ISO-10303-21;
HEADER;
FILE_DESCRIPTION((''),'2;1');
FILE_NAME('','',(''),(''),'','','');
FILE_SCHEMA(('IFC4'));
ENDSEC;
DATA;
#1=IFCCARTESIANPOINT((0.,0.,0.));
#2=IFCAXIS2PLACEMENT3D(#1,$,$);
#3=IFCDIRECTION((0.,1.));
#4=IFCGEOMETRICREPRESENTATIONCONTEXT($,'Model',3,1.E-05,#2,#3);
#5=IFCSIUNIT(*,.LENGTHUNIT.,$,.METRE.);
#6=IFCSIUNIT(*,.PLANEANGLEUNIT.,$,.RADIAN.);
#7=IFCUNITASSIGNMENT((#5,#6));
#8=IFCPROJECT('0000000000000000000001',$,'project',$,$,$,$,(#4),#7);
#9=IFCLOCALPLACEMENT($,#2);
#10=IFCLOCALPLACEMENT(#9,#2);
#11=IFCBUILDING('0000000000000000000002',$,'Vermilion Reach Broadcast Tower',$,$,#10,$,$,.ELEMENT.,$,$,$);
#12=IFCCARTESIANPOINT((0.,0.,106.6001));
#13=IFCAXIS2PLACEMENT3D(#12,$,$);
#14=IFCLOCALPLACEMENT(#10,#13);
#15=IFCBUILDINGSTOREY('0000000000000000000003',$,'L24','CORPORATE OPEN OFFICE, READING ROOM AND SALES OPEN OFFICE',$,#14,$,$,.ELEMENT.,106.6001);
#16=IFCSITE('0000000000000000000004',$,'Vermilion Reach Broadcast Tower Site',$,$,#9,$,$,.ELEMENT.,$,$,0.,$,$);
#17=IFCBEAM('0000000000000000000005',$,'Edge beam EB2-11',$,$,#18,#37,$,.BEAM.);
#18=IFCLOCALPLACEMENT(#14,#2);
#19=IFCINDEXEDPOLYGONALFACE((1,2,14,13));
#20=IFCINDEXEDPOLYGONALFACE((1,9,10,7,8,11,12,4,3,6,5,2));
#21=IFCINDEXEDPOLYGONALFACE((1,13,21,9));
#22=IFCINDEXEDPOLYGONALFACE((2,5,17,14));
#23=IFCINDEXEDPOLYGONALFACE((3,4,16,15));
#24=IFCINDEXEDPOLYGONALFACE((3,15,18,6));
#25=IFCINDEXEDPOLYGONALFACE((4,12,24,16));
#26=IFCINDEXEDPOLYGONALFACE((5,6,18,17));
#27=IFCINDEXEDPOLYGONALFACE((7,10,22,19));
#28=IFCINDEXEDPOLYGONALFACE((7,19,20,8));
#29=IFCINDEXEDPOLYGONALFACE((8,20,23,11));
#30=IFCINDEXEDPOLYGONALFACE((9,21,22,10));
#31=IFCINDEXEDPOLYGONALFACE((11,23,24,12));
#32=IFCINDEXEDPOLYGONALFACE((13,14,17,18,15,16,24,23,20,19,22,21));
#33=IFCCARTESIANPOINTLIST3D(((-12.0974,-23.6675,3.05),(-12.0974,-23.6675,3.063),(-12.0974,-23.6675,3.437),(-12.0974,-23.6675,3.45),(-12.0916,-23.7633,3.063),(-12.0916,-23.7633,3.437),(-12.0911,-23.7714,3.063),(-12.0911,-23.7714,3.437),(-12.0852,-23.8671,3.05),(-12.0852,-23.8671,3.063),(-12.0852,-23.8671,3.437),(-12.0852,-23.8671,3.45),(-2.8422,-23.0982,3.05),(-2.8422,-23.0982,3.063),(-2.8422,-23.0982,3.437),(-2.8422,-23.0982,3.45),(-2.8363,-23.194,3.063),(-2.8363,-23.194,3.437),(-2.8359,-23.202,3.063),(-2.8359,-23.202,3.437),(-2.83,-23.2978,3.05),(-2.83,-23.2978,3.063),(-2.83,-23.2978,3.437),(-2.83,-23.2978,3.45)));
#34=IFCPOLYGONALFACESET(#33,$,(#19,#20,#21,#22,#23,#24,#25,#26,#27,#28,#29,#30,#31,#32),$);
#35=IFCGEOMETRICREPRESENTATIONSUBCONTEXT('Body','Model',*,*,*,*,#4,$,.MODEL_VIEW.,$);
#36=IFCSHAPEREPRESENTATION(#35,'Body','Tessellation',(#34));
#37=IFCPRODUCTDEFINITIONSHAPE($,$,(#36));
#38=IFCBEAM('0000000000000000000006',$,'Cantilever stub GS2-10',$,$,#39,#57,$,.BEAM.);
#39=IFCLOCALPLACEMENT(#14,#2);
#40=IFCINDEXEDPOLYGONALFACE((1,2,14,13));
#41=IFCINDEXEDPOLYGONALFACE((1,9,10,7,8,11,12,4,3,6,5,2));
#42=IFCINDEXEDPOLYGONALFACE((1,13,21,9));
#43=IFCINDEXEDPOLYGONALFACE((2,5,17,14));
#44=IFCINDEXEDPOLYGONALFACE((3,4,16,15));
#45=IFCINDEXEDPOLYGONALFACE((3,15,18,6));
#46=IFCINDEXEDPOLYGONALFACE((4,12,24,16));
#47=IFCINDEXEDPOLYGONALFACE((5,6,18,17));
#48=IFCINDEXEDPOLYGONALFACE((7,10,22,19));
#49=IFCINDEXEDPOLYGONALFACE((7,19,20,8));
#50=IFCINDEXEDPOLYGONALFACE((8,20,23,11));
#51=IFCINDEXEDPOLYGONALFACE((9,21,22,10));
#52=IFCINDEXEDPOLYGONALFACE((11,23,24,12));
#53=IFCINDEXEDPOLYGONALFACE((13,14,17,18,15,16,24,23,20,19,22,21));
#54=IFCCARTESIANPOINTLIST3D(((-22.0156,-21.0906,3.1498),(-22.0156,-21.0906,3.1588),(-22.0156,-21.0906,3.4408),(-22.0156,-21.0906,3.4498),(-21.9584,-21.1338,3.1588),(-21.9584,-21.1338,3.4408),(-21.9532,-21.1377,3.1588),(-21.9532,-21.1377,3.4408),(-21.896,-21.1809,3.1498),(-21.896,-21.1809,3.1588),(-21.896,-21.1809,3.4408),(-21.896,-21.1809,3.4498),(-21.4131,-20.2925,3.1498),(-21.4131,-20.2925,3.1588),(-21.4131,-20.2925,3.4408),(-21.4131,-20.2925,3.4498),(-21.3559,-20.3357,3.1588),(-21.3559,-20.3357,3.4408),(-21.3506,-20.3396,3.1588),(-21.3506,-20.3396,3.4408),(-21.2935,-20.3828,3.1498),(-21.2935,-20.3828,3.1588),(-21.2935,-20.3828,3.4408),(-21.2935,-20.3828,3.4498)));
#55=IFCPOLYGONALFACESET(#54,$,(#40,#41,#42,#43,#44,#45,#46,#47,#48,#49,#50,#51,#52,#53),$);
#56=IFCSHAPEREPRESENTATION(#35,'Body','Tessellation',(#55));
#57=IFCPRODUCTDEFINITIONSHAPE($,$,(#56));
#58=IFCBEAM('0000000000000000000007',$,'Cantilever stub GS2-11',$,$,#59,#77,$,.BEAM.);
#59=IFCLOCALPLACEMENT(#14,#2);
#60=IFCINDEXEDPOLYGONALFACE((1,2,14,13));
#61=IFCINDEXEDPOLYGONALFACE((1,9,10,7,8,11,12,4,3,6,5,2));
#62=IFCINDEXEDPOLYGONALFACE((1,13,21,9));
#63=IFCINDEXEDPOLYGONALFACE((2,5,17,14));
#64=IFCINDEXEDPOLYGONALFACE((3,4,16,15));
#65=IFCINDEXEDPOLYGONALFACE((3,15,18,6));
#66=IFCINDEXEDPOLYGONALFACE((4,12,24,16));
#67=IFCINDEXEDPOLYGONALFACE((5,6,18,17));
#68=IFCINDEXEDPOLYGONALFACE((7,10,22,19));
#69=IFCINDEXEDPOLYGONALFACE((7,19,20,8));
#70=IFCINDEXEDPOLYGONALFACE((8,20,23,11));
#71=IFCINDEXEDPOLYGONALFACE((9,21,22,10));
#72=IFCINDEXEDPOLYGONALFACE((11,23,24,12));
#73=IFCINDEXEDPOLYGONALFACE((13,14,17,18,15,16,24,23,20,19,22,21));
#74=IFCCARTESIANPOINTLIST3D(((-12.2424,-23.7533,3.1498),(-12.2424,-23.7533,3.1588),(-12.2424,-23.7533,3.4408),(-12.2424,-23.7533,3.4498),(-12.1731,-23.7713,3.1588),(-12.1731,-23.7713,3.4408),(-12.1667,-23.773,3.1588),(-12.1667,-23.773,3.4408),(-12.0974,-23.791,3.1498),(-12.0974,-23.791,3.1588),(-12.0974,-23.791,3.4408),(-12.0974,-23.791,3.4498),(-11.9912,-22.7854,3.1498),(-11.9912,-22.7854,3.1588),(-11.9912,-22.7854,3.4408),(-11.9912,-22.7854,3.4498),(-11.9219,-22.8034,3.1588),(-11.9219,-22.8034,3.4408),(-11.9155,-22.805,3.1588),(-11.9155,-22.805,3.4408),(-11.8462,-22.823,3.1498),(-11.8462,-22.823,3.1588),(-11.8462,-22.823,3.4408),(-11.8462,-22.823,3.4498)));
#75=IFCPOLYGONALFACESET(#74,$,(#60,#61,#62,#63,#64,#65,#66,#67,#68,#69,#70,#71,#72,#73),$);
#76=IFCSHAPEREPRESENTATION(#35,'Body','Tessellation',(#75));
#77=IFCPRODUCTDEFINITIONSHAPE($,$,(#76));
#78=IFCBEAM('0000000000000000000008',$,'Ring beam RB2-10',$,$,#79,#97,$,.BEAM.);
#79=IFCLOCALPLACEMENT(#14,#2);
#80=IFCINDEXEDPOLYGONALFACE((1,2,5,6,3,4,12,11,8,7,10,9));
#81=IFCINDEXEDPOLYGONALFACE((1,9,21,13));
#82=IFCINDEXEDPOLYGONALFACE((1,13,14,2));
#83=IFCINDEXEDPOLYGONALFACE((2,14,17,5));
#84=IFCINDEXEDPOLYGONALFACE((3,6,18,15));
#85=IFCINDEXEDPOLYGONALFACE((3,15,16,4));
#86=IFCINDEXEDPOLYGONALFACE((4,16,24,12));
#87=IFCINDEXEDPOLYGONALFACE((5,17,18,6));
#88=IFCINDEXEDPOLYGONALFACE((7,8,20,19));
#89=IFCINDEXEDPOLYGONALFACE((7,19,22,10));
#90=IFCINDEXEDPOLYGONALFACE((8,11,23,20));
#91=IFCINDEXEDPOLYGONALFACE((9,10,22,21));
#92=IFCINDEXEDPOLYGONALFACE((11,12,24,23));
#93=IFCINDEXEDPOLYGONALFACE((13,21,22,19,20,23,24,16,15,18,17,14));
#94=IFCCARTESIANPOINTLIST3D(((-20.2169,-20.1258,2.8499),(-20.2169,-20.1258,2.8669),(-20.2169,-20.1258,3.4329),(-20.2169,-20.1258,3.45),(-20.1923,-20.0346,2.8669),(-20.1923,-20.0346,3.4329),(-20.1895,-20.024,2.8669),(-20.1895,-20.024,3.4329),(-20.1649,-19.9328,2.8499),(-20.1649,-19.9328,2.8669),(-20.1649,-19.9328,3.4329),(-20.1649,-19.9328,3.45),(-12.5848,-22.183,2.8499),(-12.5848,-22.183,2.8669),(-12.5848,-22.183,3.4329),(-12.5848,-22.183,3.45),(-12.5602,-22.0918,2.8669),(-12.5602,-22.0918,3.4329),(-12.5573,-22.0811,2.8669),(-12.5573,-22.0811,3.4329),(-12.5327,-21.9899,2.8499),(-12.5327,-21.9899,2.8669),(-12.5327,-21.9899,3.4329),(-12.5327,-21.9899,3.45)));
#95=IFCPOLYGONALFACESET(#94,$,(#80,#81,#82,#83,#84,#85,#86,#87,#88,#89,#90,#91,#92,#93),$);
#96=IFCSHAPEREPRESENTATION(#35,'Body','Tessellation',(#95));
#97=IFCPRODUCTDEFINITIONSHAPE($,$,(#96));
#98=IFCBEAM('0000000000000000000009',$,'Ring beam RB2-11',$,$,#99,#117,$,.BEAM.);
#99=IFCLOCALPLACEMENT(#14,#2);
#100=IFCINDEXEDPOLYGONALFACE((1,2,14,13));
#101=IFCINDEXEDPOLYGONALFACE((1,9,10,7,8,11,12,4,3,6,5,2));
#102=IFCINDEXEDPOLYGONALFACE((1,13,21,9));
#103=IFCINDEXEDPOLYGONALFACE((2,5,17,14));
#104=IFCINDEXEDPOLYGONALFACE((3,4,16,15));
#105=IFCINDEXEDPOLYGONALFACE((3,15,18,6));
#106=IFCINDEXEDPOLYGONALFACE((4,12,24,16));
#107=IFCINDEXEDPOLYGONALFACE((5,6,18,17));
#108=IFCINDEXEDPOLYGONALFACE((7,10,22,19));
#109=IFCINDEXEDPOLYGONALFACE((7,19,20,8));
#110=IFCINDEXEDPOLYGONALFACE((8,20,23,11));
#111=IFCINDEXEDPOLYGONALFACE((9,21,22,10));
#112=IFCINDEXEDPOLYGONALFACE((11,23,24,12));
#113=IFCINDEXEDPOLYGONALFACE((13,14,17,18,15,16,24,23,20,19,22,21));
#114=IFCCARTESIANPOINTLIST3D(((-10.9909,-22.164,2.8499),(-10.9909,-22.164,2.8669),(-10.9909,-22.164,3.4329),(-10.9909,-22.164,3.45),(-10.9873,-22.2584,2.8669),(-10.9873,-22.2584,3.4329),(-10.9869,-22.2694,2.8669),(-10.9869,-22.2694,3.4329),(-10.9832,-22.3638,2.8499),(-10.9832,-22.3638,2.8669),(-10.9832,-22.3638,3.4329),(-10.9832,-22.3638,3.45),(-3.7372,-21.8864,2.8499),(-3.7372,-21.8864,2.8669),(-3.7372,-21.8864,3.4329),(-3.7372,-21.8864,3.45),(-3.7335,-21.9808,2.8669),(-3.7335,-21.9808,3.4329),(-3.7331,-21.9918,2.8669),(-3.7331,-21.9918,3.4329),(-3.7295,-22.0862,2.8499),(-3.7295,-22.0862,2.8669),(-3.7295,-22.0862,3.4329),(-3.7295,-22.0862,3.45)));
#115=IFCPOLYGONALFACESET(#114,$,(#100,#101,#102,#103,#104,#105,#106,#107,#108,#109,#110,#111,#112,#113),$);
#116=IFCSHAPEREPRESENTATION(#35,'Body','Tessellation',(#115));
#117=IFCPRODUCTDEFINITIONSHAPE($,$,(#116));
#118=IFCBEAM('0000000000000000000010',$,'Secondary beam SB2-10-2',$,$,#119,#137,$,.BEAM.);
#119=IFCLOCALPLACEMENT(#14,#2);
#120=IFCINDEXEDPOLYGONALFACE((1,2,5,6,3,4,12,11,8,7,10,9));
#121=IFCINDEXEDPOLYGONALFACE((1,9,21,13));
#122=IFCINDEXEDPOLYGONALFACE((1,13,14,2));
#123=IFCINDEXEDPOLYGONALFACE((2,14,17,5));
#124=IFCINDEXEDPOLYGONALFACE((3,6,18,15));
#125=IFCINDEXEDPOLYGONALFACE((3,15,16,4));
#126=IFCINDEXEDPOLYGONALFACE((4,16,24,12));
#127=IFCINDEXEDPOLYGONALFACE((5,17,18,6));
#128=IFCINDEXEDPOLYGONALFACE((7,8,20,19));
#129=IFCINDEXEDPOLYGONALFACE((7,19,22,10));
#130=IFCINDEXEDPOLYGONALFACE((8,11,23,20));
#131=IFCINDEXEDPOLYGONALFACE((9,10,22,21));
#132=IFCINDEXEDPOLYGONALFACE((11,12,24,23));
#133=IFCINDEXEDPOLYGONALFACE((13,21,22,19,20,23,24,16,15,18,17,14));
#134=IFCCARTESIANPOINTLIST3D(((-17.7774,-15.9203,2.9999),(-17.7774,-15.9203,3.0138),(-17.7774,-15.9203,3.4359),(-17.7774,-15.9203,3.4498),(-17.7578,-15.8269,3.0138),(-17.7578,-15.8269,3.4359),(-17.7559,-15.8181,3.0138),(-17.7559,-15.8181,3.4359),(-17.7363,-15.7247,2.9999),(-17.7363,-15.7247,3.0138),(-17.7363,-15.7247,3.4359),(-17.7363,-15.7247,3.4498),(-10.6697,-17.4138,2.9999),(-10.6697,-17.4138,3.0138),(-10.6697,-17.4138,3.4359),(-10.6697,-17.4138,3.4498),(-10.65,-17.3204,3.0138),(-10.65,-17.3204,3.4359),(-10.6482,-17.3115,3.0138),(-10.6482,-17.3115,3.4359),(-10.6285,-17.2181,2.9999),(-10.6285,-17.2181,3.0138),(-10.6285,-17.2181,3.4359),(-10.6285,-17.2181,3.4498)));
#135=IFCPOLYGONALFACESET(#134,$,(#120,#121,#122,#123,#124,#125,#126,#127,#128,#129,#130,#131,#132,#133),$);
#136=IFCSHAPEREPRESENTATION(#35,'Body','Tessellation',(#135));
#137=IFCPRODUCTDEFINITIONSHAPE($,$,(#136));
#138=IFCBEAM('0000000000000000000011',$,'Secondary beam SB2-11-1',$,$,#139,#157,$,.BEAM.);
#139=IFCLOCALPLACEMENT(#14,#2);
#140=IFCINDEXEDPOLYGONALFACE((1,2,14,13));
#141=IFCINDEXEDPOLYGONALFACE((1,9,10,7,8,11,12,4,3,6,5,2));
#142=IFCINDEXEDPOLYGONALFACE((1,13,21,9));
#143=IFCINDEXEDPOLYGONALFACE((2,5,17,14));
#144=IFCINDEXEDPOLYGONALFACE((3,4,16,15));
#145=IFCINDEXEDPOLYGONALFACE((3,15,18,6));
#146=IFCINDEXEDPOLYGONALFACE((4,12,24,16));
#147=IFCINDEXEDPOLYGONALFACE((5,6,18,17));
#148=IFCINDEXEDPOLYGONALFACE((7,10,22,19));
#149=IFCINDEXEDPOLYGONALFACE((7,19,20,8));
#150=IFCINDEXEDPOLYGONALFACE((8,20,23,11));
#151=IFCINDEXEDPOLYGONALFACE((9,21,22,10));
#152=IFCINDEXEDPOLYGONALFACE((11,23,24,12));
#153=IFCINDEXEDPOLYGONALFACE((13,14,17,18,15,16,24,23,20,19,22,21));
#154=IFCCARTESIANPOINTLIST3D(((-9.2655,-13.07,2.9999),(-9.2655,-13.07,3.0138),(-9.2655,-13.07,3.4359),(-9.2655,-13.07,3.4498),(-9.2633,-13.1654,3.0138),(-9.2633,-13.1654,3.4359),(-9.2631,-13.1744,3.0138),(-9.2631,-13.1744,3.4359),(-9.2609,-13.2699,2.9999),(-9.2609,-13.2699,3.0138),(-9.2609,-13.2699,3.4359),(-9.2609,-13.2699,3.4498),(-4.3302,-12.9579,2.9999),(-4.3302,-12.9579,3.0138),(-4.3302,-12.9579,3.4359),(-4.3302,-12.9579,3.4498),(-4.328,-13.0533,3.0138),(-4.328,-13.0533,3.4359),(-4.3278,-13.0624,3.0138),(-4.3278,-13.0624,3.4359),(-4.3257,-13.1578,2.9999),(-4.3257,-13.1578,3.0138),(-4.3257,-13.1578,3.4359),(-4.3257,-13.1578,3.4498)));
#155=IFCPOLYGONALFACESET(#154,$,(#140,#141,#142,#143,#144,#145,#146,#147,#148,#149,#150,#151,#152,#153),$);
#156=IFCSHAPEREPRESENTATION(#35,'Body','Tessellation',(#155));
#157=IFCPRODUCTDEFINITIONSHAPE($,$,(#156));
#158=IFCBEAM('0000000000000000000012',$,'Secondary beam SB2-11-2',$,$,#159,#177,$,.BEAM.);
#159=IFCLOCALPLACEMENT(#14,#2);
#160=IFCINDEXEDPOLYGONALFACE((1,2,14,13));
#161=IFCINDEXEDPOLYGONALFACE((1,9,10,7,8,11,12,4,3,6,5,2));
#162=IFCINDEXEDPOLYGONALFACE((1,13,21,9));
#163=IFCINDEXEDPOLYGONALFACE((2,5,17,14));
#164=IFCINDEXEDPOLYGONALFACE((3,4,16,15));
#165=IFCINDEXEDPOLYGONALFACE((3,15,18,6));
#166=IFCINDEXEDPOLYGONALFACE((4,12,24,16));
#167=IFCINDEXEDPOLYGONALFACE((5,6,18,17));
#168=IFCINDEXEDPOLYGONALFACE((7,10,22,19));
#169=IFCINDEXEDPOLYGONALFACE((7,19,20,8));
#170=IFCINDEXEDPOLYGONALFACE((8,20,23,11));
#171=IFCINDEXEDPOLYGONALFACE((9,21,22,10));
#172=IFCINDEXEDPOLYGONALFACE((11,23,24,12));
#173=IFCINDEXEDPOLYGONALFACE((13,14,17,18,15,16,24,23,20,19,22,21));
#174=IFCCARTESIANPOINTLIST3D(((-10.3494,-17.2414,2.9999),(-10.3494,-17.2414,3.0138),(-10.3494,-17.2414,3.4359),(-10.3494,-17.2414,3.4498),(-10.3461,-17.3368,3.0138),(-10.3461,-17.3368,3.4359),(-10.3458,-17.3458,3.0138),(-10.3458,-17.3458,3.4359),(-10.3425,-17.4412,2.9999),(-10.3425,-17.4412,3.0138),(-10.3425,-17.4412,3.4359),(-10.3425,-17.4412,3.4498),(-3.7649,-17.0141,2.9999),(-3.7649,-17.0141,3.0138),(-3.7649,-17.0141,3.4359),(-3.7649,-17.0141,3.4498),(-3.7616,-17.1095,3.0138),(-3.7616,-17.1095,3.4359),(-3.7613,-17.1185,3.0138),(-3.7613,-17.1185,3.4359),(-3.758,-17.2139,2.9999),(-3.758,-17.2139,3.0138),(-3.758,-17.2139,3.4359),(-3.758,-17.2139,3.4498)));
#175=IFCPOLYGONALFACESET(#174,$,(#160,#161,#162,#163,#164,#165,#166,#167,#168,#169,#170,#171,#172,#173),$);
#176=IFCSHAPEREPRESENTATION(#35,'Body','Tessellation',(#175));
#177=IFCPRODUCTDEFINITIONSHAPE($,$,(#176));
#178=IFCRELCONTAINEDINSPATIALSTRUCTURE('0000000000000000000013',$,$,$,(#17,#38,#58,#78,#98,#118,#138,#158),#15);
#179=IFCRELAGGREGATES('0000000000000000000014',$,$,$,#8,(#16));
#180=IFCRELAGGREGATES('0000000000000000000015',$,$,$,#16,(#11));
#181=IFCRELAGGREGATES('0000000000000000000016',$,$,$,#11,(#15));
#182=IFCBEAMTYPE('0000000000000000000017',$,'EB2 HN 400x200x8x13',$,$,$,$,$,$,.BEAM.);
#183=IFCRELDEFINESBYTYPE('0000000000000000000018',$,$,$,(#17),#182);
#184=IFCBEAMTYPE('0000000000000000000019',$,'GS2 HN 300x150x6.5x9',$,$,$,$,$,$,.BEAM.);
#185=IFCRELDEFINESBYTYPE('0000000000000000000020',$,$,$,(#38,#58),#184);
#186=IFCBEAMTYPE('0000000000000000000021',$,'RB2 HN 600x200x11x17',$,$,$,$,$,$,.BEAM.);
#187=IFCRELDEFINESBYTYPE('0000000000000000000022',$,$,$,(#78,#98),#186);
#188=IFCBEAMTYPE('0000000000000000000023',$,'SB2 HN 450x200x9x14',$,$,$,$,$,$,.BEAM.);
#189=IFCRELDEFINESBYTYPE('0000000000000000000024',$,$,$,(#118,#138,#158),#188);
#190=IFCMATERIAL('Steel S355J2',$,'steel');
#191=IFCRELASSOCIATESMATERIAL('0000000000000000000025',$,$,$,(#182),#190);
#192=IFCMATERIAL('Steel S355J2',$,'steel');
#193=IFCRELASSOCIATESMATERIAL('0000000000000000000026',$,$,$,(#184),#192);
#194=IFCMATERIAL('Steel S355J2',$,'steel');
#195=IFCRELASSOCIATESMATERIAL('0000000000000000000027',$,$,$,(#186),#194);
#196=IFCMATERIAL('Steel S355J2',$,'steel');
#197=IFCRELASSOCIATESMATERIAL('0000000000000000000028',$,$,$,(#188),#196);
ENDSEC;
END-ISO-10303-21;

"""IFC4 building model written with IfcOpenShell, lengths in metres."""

from ifc_helpers import new_model, si_unit, direction, frame, origin, origin_2d, place, context, subcontext, project, spatial, i_section, extrude, material, material_profile, profile_set, type_object, element, save


model = new_model("IFC4")

# Units and contexts
model_context = context("Model", 3, precision=1e-05, world=origin(), true_north=direction((0.0, 1.0)))
body_context = subcontext(model_context, "Body", "Model", "MODEL_VIEW")
ifc_project = project(units=[si_unit("LENGTHUNIT", "METRE"), si_unit("PLANEANGLEUNIT", "RADIAN")], contexts=[model_context])

# Site, building, storey
site_placement = place(None, origin())
site = spatial("IfcSite", under=ifc_project, at=site_placement, Name="Vermilion Reach Broadcast Tower Site", CompositionType="ELEMENT", RefElevation=0.0)
building_placement = place(site_placement, origin())
building = spatial("IfcBuilding", under=site, at=building_placement, Name="Vermilion Reach Broadcast Tower", CompositionType="ELEMENT")
storey_placement = place(building_placement, frame((0.0, 0.0, 106.6001)))
storey = spatial("IfcBuildingStorey", under=building, at=storey_placement, Name="L24", Description="CORPORATE OPEN OFFICE, READING ROOM AND SALES OPEN OFFICE", CompositionType="ELEMENT", Elevation=106.6001)

# Beams
ifc_material_1 = material(Name="Steel S355J2", Category="steel")
ifc_material_profile_1 = material_profile(ifc_material_1, i_section(OverallWidth=0.2, OverallDepth=0.3999, WebThickness=0.0081, FlangeThickness=0.0129, at=origin_2d()), Name="S355J2 HN 400x200x8x13")
ifc_profile_set_1 = profile_set([ifc_material_profile_1], Name="Steel S355J2")
beam_type_1 = type_object("IfcBeamType", Name="EB2 HN 400x200x8x13", PredefinedType="BEAM", material=ifc_profile_set_1)
beam_1_placement = place(storey_placement, frame((-12.0913, -23.7673, 3.25), z_axis=(0.998113, 0.0614, 0.0), x_axis=(-0.0614, 0.998113, 0.0)))
element("IfcBeam", 1, at=beam_1_placement, inside=storey, type_object=beam_type_1, Name="Edge beam EB2-11", PredefinedType="BEAM", context=body_context, shape_type="SweptSolid", body=[
    extrude(i_section(OverallWidth=0.2, OverallDepth=0.3999, WebThickness=0.0081, FlangeThickness=0.0129, at=origin_2d()), origin(), (0.0, 0.0, 1.0), 9.2727),
])
ifc_material_2 = material(Name="Steel S355J2", Category="steel")
ifc_material_profile_2 = material_profile(ifc_material_2, i_section(OverallWidth=0.1499, OverallDepth=0.3, WebThickness=0.0066, FlangeThickness=0.009, at=origin_2d()), Name="S355J2 HN 300x150x6.5x9")
ifc_profile_set_2 = profile_set([ifc_material_profile_2], Name="Steel S355J2")
beam_type_2 = type_object("IfcBeamType", Name="GS2 HN 300x150x6.5x9", PredefinedType="BEAM", material=ifc_profile_set_2)
for number, where, z_axis, x_axis, name in (
    (2, (-21.3533, -20.3376, 3.2998), (-0.602536, -0.798092, 0.0), (0.798092, -0.602536, 0.0), "Cantilever stub GS2-10"),
    (3, (-11.9187, -22.8042, 3.2998), (-0.251199, -0.967935, 0.0), (0.967935, -0.251199, 0.0), "Cantilever stub GS2-11"),
):
    element("IfcBeam", number, at=place(storey_placement, frame(where, z_axis=z_axis, x_axis=x_axis)), inside=storey, type_object=beam_type_2, Name=name, PredefinedType="BEAM", context=body_context, shape_type="SweptSolid", body=[
        extrude(i_section(OverallWidth=0.1499, OverallDepth=0.3, WebThickness=0.0066, FlangeThickness=0.009, at=origin_2d()), origin(), (0.0, 0.0, 1.0), 1.0),
    ])
ifc_material_3 = material(Name="Steel S355J2", Category="steel")
ifc_material_profile_3 = material_profile(ifc_material_3, i_section(OverallWidth=0.2, OverallDepth=0.6001, WebThickness=0.011, FlangeThickness=0.0171, at=origin_2d()), Name="S355J2 HN 600x200x11x17")
ifc_profile_set_3 = profile_set([ifc_material_profile_3], Name="Steel S355J2")
beam_type_3 = type_object("IfcBeamType", Name="RB2 HN 600x200x11x17", PredefinedType="BEAM", material=ifc_profile_set_3)
beam_2_placement = place(storey_placement, frame((-20.1909, -20.0293, 3.1499), z_axis=(0.965541, -0.260249, 0.0), x_axis=(0.260249, 0.965541, 0.0)))
element("IfcBeam", 4, at=beam_2_placement, inside=storey, type_object=beam_type_3, Name="Ring beam RB2-10", PredefinedType="BEAM", context=body_context, shape_type="SweptSolid", body=[
    extrude(i_section(OverallWidth=0.2, OverallDepth=0.6001, WebThickness=0.011, FlangeThickness=0.0171, at=origin_2d()), origin(), (0.0, 0.0, 1.0), 7.9045),
])
beam_3_placement = place(storey_placement, frame((-10.9871, -22.2639, 3.1499), z_axis=(0.999269, 0.038241, 0.0), x_axis=(-0.038241, 0.999269, 0.0)))
element("IfcBeam", 5, at=beam_3_placement, inside=storey, type_object=beam_type_3, Name="Ring beam RB2-11", PredefinedType="BEAM", context=body_context, shape_type="SweptSolid", body=[
    extrude(i_section(OverallWidth=0.2, OverallDepth=0.6001, WebThickness=0.011, FlangeThickness=0.0171, at=origin_2d()), origin(), (0.0, 0.0, 1.0), 7.259),
])
ifc_material_4 = material(Name="Steel S355J2", Category="steel")
ifc_material_profile_4 = material_profile(ifc_material_4, i_section(OverallWidth=0.2, OverallDepth=0.45, WebThickness=0.009, FlangeThickness=0.0139, at=origin_2d()), Name="S355J2 HN 450x200x9x14")
ifc_profile_set_4 = profile_set([ifc_material_profile_4], Name="Steel S355J2")
beam_type_4 = type_object("IfcBeamType", Name="SB2 HN 450x200x9x14", PredefinedType="BEAM", material=ifc_profile_set_4)
beam_4_placement = place(storey_placement, frame((-17.7568, -15.8225, 3.2249), z_axis=(0.978631, -0.205623, 0.0), x_axis=(0.205623, 0.978631, 0.0)))
element("IfcBeam", 6, at=beam_4_placement, inside=storey, type_object=beam_type_4, Name="Secondary beam SB2-10-2", PredefinedType="BEAM", context=body_context, shape_type="SweptSolid", body=[
    extrude(i_section(OverallWidth=0.2, OverallDepth=0.45, WebThickness=0.009, FlangeThickness=0.0139, at=origin_2d()), origin(), (0.0, 0.0, 1.0), 7.2629),
])
beam_5_placement = place(storey_placement, frame((-9.2632, -13.1699, 3.2249), z_axis=(0.999742, 0.0227, 0.0), x_axis=(-0.0227, 0.999742, 0.0)))
element("IfcBeam", 7, at=beam_5_placement, inside=storey, type_object=beam_type_4, Name="Secondary beam SB2-11-1", PredefinedType="BEAM", context=body_context, shape_type="SweptSolid", body=[
    extrude(i_section(OverallWidth=0.2, OverallDepth=0.45, WebThickness=0.009, FlangeThickness=0.0139, at=origin_2d()), origin(), (0.0, 0.0, 1.0), 4.9365),
])
beam_6_placement = place(storey_placement, frame((-10.3459, -17.3413, 3.2249), z_axis=(0.999405, 0.034499, 0.0), x_axis=(-0.034499, 0.999405, 0.0)))
element("IfcBeam", 8, at=beam_6_placement, inside=storey, type_object=beam_type_4, Name="Secondary beam SB2-11-2", PredefinedType="BEAM", context=body_context, shape_type="SweptSolid", body=[
    extrude(i_section(OverallWidth=0.2, OverallDepth=0.45, WebThickness=0.009, FlangeThickness=0.0139, at=origin_2d()), origin(), (0.0, 0.0, 1.0), 6.5884),
])

save(model, "model.ifc")
